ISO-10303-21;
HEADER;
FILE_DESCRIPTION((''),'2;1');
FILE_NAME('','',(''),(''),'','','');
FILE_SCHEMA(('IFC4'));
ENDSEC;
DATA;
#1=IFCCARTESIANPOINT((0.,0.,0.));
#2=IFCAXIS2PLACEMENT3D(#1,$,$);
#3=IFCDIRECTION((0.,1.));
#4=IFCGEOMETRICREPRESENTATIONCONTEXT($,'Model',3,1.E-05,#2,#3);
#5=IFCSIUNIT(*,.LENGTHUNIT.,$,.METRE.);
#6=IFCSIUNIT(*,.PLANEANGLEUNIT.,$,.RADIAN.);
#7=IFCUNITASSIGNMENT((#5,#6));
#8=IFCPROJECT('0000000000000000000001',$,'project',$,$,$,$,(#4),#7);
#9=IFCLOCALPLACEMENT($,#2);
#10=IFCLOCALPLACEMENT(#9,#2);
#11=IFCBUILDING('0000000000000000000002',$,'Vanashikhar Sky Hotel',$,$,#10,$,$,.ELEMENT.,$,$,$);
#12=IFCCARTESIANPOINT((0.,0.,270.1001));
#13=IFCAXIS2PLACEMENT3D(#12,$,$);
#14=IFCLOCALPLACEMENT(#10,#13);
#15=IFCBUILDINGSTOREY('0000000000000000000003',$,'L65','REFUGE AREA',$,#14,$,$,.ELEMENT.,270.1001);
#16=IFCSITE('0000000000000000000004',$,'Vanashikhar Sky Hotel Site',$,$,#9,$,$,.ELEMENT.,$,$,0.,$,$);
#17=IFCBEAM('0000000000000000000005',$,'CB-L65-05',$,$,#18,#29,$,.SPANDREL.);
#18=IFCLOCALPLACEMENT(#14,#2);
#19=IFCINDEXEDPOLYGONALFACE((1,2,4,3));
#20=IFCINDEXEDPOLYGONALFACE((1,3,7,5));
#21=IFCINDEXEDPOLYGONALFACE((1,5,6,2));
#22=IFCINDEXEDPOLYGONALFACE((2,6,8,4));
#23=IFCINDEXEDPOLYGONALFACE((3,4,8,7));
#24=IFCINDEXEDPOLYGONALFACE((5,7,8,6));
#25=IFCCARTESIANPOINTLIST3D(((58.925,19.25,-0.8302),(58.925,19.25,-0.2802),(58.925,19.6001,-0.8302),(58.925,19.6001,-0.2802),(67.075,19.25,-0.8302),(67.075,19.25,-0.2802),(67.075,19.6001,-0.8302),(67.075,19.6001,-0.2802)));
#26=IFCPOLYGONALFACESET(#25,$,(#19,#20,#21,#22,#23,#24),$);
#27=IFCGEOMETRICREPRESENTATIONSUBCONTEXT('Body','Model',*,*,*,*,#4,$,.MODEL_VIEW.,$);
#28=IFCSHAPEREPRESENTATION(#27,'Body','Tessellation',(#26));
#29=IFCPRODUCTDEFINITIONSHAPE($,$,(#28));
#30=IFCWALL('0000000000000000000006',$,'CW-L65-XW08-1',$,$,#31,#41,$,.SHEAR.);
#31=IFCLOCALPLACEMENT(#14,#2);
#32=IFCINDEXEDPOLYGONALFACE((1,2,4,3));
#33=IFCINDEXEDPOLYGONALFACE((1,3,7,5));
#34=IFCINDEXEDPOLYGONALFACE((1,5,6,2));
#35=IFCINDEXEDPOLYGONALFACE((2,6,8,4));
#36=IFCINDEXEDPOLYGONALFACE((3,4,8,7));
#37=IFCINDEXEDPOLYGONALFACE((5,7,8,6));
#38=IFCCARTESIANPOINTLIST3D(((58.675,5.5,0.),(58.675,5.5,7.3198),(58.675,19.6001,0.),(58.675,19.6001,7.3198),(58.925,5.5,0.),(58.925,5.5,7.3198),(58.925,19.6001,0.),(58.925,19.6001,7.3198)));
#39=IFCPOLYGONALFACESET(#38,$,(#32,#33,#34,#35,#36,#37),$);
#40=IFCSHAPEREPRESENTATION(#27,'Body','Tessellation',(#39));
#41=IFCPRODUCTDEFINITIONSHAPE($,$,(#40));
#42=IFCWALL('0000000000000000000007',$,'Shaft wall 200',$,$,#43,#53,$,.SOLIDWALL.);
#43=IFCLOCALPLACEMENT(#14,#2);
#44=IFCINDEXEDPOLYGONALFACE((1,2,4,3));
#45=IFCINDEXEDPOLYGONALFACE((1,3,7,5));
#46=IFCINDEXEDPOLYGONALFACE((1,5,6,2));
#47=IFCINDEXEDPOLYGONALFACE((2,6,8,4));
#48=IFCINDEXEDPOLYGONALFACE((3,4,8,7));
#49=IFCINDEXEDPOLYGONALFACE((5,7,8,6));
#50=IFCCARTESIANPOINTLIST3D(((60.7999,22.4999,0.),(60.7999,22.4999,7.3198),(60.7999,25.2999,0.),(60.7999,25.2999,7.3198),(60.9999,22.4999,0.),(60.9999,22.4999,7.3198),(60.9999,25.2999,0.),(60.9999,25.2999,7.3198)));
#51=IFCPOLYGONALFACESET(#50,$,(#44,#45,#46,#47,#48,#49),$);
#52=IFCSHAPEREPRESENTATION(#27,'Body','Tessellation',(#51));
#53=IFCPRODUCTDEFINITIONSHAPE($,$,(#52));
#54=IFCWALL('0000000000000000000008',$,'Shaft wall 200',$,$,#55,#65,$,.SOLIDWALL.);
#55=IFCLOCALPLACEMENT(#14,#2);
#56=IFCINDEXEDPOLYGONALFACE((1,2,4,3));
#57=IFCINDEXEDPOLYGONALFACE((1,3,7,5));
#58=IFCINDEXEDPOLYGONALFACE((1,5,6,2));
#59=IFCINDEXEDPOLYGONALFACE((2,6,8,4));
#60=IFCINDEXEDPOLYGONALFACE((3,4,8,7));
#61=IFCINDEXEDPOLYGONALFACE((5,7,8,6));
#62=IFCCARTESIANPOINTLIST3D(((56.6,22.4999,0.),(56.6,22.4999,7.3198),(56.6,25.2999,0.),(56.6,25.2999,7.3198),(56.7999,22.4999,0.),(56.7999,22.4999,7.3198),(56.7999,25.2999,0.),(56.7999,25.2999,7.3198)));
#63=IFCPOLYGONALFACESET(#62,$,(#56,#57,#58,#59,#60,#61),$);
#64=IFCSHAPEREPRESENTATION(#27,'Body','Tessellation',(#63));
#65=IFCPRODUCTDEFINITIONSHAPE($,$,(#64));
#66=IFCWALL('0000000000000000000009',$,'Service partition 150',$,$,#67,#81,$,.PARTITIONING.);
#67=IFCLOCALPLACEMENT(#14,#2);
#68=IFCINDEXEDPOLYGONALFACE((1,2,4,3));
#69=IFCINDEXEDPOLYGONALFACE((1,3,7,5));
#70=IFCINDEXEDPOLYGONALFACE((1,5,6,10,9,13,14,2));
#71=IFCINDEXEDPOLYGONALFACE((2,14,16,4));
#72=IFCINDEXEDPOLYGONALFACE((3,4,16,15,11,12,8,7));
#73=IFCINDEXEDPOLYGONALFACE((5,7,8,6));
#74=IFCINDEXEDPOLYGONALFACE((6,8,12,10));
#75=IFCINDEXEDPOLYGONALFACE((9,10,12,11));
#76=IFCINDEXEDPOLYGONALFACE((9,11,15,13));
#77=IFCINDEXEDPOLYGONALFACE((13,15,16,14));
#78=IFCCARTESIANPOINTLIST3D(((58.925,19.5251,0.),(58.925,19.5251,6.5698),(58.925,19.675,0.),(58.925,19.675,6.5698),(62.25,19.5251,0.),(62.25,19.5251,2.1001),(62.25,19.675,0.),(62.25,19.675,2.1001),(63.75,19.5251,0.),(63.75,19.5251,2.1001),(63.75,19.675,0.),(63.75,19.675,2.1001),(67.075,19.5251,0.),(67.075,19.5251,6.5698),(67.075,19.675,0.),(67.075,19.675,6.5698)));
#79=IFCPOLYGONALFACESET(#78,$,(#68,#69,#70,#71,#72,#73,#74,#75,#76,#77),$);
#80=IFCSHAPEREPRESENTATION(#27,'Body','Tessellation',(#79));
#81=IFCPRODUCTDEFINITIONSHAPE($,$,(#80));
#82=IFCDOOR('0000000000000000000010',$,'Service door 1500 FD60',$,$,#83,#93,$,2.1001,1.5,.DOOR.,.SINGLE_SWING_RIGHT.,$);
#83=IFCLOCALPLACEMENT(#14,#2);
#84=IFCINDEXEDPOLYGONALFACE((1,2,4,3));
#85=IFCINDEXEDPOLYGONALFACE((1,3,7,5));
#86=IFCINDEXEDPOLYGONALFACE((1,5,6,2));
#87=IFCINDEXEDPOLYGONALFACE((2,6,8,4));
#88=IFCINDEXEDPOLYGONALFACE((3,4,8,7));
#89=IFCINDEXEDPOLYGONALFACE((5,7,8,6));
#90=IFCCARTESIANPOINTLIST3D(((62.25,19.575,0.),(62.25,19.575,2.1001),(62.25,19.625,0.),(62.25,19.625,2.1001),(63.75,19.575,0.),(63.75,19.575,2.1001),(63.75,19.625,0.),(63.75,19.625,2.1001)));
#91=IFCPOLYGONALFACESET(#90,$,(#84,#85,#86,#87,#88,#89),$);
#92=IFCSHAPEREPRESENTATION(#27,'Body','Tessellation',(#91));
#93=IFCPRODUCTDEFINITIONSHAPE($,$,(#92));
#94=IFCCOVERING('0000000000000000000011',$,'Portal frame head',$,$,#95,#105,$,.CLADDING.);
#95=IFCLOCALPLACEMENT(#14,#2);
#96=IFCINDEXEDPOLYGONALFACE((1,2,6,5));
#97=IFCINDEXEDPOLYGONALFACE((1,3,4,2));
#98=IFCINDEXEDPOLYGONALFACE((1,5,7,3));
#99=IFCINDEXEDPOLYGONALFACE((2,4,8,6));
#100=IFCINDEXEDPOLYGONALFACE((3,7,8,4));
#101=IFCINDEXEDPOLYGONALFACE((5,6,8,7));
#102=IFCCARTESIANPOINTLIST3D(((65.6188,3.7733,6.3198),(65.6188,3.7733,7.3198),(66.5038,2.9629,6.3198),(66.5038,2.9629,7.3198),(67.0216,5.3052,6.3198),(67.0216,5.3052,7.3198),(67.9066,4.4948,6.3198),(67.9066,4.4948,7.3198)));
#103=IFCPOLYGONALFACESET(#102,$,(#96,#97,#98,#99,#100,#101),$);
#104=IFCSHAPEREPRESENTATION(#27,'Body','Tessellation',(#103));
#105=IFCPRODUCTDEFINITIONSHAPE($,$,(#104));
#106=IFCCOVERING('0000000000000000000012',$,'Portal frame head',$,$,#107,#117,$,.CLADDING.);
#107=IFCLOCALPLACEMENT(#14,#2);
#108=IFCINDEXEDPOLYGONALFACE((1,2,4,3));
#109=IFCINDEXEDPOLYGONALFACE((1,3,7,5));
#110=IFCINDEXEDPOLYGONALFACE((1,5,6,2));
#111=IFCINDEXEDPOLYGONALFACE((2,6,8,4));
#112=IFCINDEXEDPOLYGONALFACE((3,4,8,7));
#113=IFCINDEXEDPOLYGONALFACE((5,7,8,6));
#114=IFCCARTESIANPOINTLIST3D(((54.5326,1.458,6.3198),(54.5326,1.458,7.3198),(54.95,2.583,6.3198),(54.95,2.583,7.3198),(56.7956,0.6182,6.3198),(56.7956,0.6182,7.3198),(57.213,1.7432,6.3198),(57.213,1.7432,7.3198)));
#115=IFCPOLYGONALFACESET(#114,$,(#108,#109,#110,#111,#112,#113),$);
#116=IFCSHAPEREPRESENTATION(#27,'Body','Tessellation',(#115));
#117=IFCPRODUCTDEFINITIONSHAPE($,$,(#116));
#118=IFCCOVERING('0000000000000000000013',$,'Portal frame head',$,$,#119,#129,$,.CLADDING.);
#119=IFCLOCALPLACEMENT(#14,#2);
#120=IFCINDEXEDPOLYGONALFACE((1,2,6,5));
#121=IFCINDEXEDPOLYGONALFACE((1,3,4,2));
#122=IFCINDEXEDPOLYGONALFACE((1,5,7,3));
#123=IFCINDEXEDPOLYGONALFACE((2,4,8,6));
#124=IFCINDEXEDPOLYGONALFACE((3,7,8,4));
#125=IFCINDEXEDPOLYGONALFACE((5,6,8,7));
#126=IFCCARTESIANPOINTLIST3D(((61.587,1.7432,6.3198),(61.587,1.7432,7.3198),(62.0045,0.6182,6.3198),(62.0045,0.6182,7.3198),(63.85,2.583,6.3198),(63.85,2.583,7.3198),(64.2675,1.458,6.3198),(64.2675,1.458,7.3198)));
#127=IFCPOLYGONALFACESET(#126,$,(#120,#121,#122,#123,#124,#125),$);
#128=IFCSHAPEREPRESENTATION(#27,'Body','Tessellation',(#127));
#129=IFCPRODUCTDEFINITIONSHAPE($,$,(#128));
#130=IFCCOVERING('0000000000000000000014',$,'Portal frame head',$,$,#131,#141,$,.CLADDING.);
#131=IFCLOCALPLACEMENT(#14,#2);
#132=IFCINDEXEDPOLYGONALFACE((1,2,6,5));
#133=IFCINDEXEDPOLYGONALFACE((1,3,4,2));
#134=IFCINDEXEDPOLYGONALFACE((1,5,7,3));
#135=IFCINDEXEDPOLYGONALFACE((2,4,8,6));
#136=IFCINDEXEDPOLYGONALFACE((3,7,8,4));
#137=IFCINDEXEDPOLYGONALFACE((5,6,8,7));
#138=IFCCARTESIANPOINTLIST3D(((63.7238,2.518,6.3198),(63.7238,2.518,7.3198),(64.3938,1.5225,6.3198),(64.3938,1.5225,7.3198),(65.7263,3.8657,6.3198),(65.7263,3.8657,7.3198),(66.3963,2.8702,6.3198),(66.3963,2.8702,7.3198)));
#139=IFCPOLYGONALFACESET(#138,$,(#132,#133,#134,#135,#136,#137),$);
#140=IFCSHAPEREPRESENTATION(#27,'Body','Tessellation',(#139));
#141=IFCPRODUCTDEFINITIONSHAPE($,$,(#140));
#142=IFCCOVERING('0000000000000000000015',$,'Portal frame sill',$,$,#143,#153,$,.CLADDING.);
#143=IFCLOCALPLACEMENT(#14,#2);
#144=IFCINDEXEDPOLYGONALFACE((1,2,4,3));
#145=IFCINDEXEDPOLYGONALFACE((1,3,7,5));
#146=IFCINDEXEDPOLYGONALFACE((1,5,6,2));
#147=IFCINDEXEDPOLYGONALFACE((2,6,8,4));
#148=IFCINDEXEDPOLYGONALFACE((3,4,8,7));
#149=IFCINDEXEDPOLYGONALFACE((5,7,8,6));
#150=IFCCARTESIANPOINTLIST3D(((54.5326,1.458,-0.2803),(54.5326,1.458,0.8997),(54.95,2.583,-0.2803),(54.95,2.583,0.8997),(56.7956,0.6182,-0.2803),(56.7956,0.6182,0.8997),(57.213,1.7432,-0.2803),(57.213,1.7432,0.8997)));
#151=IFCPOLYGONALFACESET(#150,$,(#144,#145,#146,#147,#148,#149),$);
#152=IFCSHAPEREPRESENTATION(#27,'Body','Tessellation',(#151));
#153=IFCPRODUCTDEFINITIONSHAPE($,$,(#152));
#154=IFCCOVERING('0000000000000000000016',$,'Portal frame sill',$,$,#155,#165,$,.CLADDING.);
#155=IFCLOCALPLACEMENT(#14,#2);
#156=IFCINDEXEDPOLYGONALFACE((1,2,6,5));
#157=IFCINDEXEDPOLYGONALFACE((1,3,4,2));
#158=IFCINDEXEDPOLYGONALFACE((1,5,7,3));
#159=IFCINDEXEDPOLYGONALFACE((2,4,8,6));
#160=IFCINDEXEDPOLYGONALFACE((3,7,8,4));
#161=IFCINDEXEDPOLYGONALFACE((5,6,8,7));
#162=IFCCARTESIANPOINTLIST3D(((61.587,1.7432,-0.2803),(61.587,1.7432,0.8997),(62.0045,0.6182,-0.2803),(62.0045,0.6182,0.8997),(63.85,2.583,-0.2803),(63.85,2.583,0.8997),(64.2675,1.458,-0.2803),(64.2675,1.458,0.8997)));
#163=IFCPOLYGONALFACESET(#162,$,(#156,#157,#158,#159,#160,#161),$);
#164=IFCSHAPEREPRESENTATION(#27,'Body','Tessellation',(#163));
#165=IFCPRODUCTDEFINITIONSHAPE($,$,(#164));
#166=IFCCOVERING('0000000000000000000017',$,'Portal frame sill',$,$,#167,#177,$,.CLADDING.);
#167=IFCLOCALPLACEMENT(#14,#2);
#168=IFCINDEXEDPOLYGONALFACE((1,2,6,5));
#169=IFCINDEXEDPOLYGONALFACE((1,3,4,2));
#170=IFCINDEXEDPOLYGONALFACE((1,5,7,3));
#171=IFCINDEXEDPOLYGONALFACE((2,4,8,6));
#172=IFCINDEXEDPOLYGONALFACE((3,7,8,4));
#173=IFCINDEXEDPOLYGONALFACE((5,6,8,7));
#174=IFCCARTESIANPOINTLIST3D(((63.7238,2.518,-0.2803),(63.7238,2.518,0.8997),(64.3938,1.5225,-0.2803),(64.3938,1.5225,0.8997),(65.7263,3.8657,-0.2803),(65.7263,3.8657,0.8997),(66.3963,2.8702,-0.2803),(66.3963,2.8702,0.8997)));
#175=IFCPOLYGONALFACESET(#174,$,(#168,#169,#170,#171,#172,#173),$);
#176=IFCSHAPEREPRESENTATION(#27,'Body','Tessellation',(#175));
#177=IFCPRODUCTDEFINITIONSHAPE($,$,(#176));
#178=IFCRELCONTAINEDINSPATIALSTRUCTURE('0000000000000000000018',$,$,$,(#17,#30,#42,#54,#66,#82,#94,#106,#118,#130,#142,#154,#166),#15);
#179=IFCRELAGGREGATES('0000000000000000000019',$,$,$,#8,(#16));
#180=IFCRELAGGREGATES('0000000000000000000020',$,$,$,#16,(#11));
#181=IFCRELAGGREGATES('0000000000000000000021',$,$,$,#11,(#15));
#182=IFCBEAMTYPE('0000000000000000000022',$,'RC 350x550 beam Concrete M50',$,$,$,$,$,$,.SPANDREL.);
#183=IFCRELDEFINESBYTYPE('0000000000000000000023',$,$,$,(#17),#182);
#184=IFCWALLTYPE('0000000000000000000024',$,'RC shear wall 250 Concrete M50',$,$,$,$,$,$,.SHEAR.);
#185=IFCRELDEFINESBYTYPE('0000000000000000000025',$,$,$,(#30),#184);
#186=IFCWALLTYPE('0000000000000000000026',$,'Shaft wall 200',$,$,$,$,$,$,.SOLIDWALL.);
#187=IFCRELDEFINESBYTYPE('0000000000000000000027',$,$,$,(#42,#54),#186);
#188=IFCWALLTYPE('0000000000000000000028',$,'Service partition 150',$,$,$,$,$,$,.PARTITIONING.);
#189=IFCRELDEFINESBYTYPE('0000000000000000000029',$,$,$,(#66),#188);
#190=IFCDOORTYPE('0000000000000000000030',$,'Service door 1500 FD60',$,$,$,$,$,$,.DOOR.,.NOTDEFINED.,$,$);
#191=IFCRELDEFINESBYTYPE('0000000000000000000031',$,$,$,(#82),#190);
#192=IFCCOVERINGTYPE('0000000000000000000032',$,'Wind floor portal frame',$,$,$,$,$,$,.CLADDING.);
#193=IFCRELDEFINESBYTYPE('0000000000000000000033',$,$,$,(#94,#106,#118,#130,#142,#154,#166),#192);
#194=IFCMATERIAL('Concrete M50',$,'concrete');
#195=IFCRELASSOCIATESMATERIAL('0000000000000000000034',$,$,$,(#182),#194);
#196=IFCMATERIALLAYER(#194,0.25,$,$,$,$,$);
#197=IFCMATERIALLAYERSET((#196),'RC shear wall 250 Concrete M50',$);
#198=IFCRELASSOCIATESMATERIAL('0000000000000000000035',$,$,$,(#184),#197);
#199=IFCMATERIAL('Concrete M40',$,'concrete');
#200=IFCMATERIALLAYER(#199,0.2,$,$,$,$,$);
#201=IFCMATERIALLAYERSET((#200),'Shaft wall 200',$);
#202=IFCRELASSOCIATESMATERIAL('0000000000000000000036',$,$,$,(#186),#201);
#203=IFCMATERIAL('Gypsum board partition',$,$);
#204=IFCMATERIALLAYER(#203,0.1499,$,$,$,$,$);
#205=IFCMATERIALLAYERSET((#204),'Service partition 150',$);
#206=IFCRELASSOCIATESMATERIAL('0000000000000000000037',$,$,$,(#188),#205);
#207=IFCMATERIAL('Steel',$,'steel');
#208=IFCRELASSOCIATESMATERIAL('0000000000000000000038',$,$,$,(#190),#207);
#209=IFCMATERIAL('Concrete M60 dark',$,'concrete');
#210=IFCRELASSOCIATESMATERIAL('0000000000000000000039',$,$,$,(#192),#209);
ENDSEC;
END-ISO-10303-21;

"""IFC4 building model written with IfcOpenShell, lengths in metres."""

from ifc_helpers import new_model, si_unit, direction, frame, frame_2d, origin, origin_2d, place, context, subcontext, project, spatial, rectangle, extrude, source, transform, mapped, material, layer, layer_set, material_profile, profile_set, type_object, element, fill, save


model = new_model("IFC4")

# Units and contexts
model_context = context("Model", 3, precision=1e-05, world=origin(), true_north=direction((0.0, 1.0)))
body_context = subcontext(model_context, "Body", "Model", "MODEL_VIEW")
ifc_project = project(units=[si_unit("LENGTHUNIT", "METRE"), si_unit("PLANEANGLEUNIT", "RADIAN")], contexts=[model_context])

# Site, building, storey
site_placement = place(None, origin())
site = spatial("IfcSite", under=ifc_project, at=site_placement, Name="Vanashikhar Sky Hotel Site", CompositionType="ELEMENT", RefElevation=0.0)
building_placement = place(site_placement, origin())
building = spatial("IfcBuilding", under=site, at=building_placement, Name="Vanashikhar Sky Hotel", CompositionType="ELEMENT")
storey_placement = place(building_placement, frame((0.0, 0.0, 270.1001)))
storey = spatial("IfcBuildingStorey", under=building, at=storey_placement, Name="L65", Description="REFUGE AREA", CompositionType="ELEMENT", Elevation=270.1001)

# Beam
ifc_material_1 = material(Name="Concrete M50", Category="concrete")
ifc_material_profile = material_profile(ifc_material_1, rectangle(XDim=0.3501, YDim=0.55, at=origin_2d()))
ifc_profile_set = profile_set([ifc_material_profile], Name="RC 350x550 beam Concrete M50")
beam_type = type_object("IfcBeamType", Name="RC 350x550 beam Concrete M50", PredefinedType="SPANDREL", material=ifc_profile_set)
shared_shape_1 = source(origin(), body_context, "Body", "SweptSolid", [
    extrude(rectangle(XDim=0.3501, YDim=0.55, at=origin_2d()), origin(), (0.0, 0.0, 1.0), 8.1499),
])
beam_placement = place(storey_placement, frame((58.925, 19.425, -0.5552), z_axis=(1.0, 0.0, 0.0), x_axis=(0.0, 1.0, 0.0)))
element("IfcBeam", 1, at=beam_placement, inside=storey, type_object=beam_type, Name="CB-L65-05", PredefinedType="SPANDREL", context=body_context, shape_type="MappedRepresentation", body=[
    mapped(shared_shape_1, transform((0.0, 0.0, 0.0), scale=1.0)),
])

# Walls
ifc_layer_1 = layer(ifc_material_1, 0.25)
ifc_layer_set_1 = layer_set([ifc_layer_1], Name="RC shear wall 250 Concrete M50")
wall_type_1 = type_object("IfcWallType", Name="RC shear wall 250 Concrete M50", PredefinedType="SHEAR", material=ifc_layer_set_1)
shared_shape_2 = source(origin(), body_context, "Body", "SweptSolid", [
    extrude(rectangle(XDim=14.1001, YDim=0.25, at=frame_2d((7.05, 0.0))), origin(), (0.0, 0.0, 1.0), 7.3198),
])
wall_1_placement = place(storey_placement, frame((58.8, 5.5, 0.0), z_axis=(0.0, 0.0, 1.0), x_axis=(0.0, 1.0, 0.0)))
element("IfcWall", 2, at=wall_1_placement, inside=storey, type_object=wall_type_1, Name="CW-L65-XW08-1", PredefinedType="SHEAR", context=body_context, shape_type="MappedRepresentation", body=[
    mapped(shared_shape_2, transform((0.0, 0.0, 0.0), scale=1.0)),
])
ifc_material_2 = material(Name="Concrete M40", Category="concrete")
ifc_layer_2 = layer(ifc_material_2, 0.2)
ifc_layer_set_2 = layer_set([ifc_layer_2], Name="Shaft wall 200")
wall_type_2 = type_object("IfcWallType", Name="Shaft wall 200", PredefinedType="SOLIDWALL", material=ifc_layer_set_2)
shared_shape_3 = source(origin(), body_context, "Body", "SweptSolid", [
    extrude(rectangle(XDim=2.8, YDim=0.2, at=frame_2d((1.3999, 0.0))), origin(), (0.0, 0.0, 1.0), 7.3198),
])
for number, where, z_axis, x_axis, name in (
    (3, (60.8999, 22.5, 0.0), (0.0, 0.0, 1.0), (0.0, 1.0, 0.0), "Shaft wall 200"),
    (4, (56.7, 22.5, 0.0), (0.0, 0.0, 1.0), (0.0, 1.0, 0.0), "Shaft wall 200"),
):
    element("IfcWall", number, at=place(storey_placement, frame(where, z_axis=z_axis, x_axis=x_axis)), inside=storey, type_object=wall_type_2, Name=name, PredefinedType="SOLIDWALL", context=body_context, shape_type="MappedRepresentation", body=[
        mapped(shared_shape_3, transform((0.0, 0.0, 0.0), scale=1.0)),
    ])

# Wall, opening, door
ifc_material_3 = material(Name="Gypsum board partition")
ifc_layer_3 = layer(ifc_material_3, 0.1499)
ifc_layer_set_3 = layer_set([ifc_layer_3], Name="Service partition 150")
wall_type_3 = type_object("IfcWallType", Name="Service partition 150", PredefinedType="PARTITIONING", material=ifc_layer_set_3)
shared_shape_4 = source(origin(), body_context, "Body", "SweptSolid", [
    extrude(rectangle(XDim=8.1499, YDim=0.1499, at=frame_2d((4.075, 0.0))), origin(), (0.0, 0.0, 1.0), 6.5698),
])
wall_2_placement = place(storey_placement, frame((58.925, 19.6001, 0.0), z_axis=(0.0, 0.0, 1.0), x_axis=(1.0, 0.0, 0.0)))
wall_2 = element("IfcWall", 5, at=wall_2_placement, inside=storey, type_object=wall_type_3, Name="Service partition 150", PredefinedType="PARTITIONING", context=body_context, shape_type="MappedRepresentation", body=[
    mapped(shared_shape_4, transform((0.0, 0.0, 0.0), scale=1.0)),
])
shared_shape_5 = source(origin(), body_context, "Body", "SweptSolid", [
    extrude(rectangle(XDim=1.5, YDim=2.1001, at=frame_2d((0.75, 1.05))), frame((0.0, 0.085, 0.0), z_axis=(0.0, -1.0, 0.0), x_axis=(1.0, 0.0, 0.0)), (0.0, 0.0, 1.0), 0.1699),
])
opening_placement = place(wall_2_placement, frame((3.325, 0.0, 0.0)))
opening = element("IfcOpeningElement", 6, at=opening_placement, cuts=wall_2, PredefinedType="OPENING", context=body_context, shape_type="MappedRepresentation", body=[
    mapped(shared_shape_5, transform((0.0, 0.0, 0.0), scale=1.0)),
])
ifc_material_4 = material(Name="Steel", Category="steel")
door_type = type_object("IfcDoorType", Name="Service door 1500 FD60", OperationType="NOTDEFINED", PredefinedType="DOOR", material=ifc_material_4)
shared_shape_6 = source(origin(), body_context, "Body", "SweptSolid", [
    extrude(rectangle(XDim=1.5, YDim=2.1001, at=frame_2d((0.75, 1.05))), frame((0.0, 0.0249, 0.0), z_axis=(0.0, -1.0, 0.0), x_axis=(1.0, 0.0, 0.0)), (0.0, 0.0, 1.0), 0.05),
])
door_placement = place(opening_placement, origin())
door = element("IfcDoor", 7, at=door_placement, inside=storey, type_object=door_type, Name="Service door 1500 FD60", OperationType="SINGLE_SWING_RIGHT", OverallHeight=2.1001, OverallWidth=1.5, PredefinedType="DOOR", context=body_context, shape_type="MappedRepresentation", body=[
    mapped(shared_shape_6, transform((0.0, 0.0, 0.0), scale=1.0)),
])
fill(opening, door)

# Coverings
ifc_material_5 = material(Name="Concrete M60 dark", Category="concrete")
covering_type = type_object("IfcCoveringType", Name="Wind floor portal frame", PredefinedType="CLADDING", material=ifc_material_5)
shared_shape_7 = source(origin(), body_context, "Body", "SweptSolid", [
    extrude(rectangle(XDim=2.0771, YDim=1.2, at=origin_2d()), origin(), (0.0, 0.0, 1.0), 1.0),
])
covering_placement = place(storey_placement, frame((66.7627, 4.134, 6.3198), z_axis=(0.0, 0.0, 1.0), x_axis=(0.675346, 0.737501, 0.0)))
element("IfcCovering", 8, at=covering_placement, inside=storey, type_object=covering_type, Name="Portal frame head", PredefinedType="CLADDING", context=body_context, shape_type="MappedRepresentation", body=[
    mapped(shared_shape_7, transform((0.0, 0.0, 0.0), scale=1.0)),
])
shared_shape_8 = source(origin(), body_context, "Body", "SweptSolid", [
    extrude(rectangle(XDim=2.4138, YDim=1.2, at=origin_2d()), origin(), (0.0, 0.0, 1.0), 1.0),
])
for number, where, z_axis, x_axis, name in (
    (9, (55.8728, 1.6006, 6.3198), (0.0, 0.0, 1.0), (0.937531, -0.347901, 0.0), "Portal frame head"),
    (10, (62.9272, 1.6006, 6.3198), (0.0, 0.0, 1.0), (0.937531, 0.347901, 0.0), "Portal frame head"),
    (11, (65.0601, 2.6941, 6.3198), (0.0, 0.0, 1.0), (0.829603, 0.558353, 0.0), "Portal frame head"),
):
    element("IfcCovering", number, at=place(storey_placement, frame(where, z_axis=z_axis, x_axis=x_axis)), inside=storey, type_object=covering_type, Name=name, PredefinedType="CLADDING", context=body_context, shape_type="MappedRepresentation", body=[
        mapped(shared_shape_8, transform((0.0, 0.0, 0.0), scale=1.0)),
    ])
shared_shape_9 = source(origin(), body_context, "Body", "SweptSolid", [
    extrude(rectangle(XDim=2.4138, YDim=1.2, at=origin_2d()), origin(), (0.0, 0.0, 1.0), 1.1799),
])
for number, where, z_axis, x_axis, name in (
    (12, (55.8728, 1.6006, -0.2803), (0.0, 0.0, 1.0), (0.937531, -0.347901, 0.0), "Portal frame sill"),
    (13, (62.9272, 1.6006, -0.2803), (0.0, 0.0, 1.0), (0.937531, 0.347901, 0.0), "Portal frame sill"),
    (14, (65.0601, 2.6941, -0.2803), (0.0, 0.0, 1.0), (0.829603, 0.558353, 0.0), "Portal frame sill"),
):
    element("IfcCovering", number, at=place(storey_placement, frame(where, z_axis=z_axis, x_axis=x_axis)), inside=storey, type_object=covering_type, Name=name, PredefinedType="CLADDING", context=body_context, shape_type="MappedRepresentation", body=[
        mapped(shared_shape_9, transform((0.0, 0.0, 0.0), scale=1.0)),
    ])

save(model, "model.ifc")
